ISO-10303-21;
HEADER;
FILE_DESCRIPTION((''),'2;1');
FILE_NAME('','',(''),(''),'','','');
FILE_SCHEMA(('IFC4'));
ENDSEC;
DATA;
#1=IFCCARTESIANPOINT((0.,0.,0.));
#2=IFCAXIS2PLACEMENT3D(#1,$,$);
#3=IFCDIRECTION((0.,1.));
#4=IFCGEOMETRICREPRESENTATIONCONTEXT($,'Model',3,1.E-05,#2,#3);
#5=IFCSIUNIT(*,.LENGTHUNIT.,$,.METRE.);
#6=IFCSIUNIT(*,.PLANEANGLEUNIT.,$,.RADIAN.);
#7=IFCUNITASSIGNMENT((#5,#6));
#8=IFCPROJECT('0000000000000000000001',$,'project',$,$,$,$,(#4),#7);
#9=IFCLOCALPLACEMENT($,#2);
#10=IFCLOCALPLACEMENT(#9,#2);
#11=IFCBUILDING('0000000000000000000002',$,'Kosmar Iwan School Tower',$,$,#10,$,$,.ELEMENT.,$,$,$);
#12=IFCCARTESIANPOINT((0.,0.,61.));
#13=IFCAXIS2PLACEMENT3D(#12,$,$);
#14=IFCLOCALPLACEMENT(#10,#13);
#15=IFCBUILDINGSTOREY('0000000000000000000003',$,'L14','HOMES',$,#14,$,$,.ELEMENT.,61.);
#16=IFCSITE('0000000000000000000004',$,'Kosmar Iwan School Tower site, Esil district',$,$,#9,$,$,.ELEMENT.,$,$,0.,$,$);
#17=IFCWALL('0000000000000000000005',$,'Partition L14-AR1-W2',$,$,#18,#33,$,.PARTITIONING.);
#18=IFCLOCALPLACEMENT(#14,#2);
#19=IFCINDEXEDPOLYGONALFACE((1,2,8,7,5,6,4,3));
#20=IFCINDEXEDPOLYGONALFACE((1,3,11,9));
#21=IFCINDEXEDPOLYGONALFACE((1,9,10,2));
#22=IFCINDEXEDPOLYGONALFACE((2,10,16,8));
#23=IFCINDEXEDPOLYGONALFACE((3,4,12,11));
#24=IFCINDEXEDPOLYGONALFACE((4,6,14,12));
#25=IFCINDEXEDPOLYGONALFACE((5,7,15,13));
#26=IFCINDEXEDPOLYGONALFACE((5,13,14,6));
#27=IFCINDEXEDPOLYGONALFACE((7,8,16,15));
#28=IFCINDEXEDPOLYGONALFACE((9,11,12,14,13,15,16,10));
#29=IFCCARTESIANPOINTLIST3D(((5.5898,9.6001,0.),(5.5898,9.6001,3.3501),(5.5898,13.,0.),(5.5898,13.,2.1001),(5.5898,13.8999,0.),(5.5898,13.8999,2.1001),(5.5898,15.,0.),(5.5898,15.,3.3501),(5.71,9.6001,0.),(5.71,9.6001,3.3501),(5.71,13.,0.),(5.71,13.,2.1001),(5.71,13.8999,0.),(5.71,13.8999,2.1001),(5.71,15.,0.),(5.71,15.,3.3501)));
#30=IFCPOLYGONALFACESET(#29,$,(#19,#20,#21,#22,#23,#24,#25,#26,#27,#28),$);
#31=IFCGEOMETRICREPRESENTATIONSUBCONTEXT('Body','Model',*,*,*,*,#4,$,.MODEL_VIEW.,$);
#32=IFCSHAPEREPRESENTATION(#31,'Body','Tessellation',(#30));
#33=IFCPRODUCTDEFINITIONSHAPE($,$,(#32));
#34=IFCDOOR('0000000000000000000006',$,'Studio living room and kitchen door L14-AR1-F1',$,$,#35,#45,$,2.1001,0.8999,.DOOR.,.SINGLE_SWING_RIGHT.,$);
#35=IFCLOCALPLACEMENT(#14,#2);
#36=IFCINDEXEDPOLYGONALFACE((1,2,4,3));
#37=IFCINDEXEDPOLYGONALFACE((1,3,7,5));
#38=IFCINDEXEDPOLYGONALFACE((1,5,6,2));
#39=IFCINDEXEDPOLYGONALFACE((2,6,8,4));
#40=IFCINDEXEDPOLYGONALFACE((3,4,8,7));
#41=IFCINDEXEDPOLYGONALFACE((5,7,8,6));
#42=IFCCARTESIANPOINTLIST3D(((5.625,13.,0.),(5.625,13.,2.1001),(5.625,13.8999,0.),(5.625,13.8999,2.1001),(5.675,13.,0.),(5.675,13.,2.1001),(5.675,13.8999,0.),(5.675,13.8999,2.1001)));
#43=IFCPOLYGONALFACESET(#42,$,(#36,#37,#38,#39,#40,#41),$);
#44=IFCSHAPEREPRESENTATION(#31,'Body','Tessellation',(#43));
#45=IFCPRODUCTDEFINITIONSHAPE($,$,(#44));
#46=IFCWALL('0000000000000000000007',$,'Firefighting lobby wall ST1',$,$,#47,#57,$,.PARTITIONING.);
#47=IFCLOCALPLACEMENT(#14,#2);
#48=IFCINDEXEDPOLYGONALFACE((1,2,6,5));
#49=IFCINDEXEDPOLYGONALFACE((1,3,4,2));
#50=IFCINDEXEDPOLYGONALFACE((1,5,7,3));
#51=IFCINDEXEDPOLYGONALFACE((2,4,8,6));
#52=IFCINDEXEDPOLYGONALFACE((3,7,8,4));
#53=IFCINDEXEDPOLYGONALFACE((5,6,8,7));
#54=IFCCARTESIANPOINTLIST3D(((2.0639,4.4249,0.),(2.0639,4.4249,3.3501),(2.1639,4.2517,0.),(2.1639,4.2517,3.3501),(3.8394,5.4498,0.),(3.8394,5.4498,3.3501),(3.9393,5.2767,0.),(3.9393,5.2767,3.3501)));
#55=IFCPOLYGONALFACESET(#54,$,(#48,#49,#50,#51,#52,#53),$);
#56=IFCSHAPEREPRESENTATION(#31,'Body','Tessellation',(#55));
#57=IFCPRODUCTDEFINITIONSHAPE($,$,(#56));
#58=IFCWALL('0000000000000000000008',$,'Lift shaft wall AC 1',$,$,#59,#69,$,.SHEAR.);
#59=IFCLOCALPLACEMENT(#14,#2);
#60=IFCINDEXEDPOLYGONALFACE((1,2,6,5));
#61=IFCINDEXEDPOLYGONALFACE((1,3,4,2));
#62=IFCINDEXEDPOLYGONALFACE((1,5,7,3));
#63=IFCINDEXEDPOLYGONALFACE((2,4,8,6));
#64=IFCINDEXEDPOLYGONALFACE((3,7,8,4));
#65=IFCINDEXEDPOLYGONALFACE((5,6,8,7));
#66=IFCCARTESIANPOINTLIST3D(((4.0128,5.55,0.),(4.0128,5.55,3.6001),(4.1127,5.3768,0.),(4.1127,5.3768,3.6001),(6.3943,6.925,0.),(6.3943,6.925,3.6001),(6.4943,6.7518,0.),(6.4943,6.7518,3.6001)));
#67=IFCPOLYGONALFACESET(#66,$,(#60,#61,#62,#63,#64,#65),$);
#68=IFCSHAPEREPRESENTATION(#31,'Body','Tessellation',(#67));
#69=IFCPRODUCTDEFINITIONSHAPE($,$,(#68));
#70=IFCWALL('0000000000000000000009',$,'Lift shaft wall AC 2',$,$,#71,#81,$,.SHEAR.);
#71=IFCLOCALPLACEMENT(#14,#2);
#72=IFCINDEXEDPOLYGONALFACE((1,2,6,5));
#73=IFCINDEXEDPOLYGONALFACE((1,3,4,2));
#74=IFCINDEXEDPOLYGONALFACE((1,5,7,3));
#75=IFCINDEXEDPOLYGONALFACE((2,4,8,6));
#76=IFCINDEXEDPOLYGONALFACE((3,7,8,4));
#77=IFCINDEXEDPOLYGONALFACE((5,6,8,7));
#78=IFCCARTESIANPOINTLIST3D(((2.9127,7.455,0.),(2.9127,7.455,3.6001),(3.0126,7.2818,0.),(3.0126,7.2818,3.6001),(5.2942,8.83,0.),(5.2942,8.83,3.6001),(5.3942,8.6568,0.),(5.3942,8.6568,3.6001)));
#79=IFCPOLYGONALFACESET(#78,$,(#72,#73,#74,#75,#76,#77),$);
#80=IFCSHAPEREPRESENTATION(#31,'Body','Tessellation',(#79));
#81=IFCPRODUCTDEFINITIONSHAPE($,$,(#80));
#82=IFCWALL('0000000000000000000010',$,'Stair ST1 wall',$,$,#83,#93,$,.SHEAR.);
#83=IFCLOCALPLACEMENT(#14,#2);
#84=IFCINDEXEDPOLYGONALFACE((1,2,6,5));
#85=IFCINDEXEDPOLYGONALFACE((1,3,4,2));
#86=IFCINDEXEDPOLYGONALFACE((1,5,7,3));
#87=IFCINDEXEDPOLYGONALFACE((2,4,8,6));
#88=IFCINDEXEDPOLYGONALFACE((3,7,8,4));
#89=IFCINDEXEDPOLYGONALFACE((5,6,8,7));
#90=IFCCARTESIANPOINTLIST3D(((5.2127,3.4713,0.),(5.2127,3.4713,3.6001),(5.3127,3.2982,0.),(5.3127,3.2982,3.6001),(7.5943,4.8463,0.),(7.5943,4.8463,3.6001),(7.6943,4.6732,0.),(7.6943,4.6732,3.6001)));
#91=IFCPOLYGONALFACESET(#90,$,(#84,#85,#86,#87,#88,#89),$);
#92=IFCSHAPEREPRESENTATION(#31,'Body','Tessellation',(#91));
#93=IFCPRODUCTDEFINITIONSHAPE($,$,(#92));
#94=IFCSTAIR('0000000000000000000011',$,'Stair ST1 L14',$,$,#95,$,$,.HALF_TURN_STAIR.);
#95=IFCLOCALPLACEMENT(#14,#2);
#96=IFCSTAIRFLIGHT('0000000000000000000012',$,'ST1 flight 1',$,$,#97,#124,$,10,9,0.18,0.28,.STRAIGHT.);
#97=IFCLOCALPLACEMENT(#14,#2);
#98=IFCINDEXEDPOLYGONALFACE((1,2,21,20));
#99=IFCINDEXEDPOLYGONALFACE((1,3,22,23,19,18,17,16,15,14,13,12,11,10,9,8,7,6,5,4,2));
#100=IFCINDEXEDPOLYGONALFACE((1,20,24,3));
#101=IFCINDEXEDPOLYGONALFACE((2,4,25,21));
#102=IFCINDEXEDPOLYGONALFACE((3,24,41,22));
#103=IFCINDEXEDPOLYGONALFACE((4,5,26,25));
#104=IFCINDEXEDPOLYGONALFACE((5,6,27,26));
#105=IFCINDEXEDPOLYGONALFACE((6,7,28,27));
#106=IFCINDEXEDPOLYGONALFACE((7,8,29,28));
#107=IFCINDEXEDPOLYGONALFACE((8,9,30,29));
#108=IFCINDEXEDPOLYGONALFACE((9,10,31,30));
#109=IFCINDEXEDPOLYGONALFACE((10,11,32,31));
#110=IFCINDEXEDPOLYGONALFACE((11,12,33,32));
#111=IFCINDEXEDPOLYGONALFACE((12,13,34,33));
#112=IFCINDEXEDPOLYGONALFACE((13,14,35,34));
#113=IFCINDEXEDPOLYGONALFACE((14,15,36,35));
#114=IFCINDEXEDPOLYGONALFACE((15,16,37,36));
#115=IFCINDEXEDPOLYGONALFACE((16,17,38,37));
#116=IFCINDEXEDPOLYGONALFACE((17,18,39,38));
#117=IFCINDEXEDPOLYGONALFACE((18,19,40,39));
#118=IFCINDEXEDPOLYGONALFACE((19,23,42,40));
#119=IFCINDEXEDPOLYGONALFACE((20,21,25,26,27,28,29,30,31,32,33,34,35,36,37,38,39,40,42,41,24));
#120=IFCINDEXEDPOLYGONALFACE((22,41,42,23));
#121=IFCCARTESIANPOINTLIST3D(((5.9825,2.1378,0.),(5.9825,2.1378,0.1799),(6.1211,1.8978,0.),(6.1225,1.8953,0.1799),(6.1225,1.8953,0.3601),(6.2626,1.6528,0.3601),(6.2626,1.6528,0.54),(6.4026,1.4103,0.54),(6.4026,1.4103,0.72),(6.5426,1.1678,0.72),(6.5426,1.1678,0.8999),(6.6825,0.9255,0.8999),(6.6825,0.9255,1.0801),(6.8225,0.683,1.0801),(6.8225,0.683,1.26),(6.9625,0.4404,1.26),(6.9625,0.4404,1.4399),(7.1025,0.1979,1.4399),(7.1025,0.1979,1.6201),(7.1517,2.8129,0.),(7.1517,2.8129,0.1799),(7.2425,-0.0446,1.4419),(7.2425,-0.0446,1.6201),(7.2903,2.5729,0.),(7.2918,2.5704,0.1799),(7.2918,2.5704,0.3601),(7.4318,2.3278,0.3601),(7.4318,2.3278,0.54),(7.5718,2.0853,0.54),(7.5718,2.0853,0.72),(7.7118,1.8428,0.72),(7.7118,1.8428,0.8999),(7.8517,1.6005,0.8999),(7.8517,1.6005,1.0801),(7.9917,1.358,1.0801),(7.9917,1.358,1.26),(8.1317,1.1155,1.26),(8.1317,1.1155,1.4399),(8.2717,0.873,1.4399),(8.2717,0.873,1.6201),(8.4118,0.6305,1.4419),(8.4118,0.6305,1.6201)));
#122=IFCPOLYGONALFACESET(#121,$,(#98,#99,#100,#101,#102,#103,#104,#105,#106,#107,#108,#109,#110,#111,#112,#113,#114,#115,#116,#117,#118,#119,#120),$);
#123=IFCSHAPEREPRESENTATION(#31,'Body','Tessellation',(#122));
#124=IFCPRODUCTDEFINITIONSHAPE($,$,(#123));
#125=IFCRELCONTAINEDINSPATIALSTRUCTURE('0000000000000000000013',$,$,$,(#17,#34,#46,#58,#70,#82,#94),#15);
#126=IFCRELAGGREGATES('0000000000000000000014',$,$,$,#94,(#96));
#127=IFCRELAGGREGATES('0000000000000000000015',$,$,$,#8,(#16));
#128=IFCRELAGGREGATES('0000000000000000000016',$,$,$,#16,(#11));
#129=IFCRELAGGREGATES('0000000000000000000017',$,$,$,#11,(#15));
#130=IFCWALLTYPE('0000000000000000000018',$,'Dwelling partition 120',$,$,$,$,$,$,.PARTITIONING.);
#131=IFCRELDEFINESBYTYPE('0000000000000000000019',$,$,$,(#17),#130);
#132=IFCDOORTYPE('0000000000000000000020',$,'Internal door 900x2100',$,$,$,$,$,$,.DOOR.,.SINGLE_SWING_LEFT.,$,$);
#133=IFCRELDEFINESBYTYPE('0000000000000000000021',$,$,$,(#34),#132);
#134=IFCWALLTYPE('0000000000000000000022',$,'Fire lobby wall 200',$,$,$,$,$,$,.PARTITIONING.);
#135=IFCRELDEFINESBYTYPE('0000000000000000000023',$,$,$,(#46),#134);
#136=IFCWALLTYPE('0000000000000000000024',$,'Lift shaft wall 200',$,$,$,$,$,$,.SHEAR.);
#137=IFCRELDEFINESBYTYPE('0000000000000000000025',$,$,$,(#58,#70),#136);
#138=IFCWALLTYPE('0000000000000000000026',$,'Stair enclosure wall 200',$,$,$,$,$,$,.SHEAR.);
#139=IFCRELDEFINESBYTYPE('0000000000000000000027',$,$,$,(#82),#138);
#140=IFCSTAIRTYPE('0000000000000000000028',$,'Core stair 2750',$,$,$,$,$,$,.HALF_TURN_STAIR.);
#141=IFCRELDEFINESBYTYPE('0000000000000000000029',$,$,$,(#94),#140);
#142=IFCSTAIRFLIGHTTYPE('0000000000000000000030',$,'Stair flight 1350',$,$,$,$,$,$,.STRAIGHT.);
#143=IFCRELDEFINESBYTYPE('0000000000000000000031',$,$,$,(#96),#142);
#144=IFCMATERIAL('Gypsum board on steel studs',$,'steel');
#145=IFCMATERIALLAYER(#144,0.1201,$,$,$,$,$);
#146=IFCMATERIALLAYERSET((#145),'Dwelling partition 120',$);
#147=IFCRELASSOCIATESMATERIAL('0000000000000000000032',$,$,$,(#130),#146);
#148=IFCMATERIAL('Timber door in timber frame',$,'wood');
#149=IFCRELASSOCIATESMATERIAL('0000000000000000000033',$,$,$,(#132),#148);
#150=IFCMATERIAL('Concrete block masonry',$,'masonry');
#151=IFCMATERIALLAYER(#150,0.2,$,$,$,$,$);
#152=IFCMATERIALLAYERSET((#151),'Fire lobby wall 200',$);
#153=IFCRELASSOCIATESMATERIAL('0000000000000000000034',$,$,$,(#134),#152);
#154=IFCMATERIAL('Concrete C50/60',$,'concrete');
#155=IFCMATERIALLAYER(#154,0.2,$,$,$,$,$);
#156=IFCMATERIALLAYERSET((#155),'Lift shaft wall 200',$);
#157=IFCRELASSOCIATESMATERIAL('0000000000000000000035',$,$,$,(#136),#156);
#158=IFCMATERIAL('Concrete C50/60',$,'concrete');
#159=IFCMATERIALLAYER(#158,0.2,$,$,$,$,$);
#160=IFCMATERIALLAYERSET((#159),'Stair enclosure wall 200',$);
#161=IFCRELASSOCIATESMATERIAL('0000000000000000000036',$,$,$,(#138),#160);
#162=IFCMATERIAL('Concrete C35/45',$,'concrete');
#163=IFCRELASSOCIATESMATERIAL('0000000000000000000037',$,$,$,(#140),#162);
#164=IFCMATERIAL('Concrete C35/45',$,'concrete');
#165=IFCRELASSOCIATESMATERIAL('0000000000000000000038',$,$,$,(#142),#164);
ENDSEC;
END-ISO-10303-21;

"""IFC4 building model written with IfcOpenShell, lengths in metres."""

from ifc_helpers import new_model, si_unit, direction, frame, frame_2d, origin, place, context, subcontext, project, spatial, polyline, rectangle, outline, extrude, material, layer, layer_set, type_object, element, fill, aggregate, save


model = new_model("IFC4")

# Units and contexts
model_context = context("Model", 3, precision=1e-05, world=origin(), true_north=direction((0.0, 1.0)))
body_context = subcontext(model_context, "Body", "Model", "MODEL_VIEW")
ifc_project = project(units=[si_unit("LENGTHUNIT", "METRE"), si_unit("PLANEANGLEUNIT", "RADIAN")], contexts=[model_context])

# Site, building, storey
site_placement = place(None, origin())
site = spatial("IfcSite", under=ifc_project, at=site_placement, Name="Kosmar Iwan School Tower site, Esil district", CompositionType="ELEMENT", RefElevation=0.0)
building_placement = place(site_placement, origin())
building = spatial("IfcBuilding", under=site, at=building_placement, Name="Kosmar Iwan School Tower", CompositionType="ELEMENT")
storey_placement = place(building_placement, frame((0.0, 0.0, 61.0)))
storey = spatial("IfcBuildingStorey", under=building, at=storey_placement, Name="L14", Description="HOMES", CompositionType="ELEMENT", Elevation=61.0)

# Shared definitions
ifc_material_1 = material(Name="Gypsum board on steel studs", Category="steel")
ifc_layer_1 = layer(ifc_material_1, 0.1201)
ifc_layer_set_1 = layer_set([ifc_layer_1], Name="Dwelling partition 120")
wall_type_1 = type_object("IfcWallType", Name="Dwelling partition 120", PredefinedType="PARTITIONING", material=ifc_layer_set_1)
ifc_material_2 = material(Name="Timber door in timber frame", Category="wood")
door_type_1 = type_object("IfcDoorType", Name="Internal door 900x2100", OperationType="SINGLE_SWING_LEFT", PredefinedType="DOOR", material=ifc_material_2)

# Wall, opening, door
wall_1_placement = place(storey_placement, frame((5.6499, 9.6001, 0.0), z_axis=(0.0, 0.0, 1.0), x_axis=(0.0, 1.0, 0.0)))
wall_1 = element("IfcWall", 1, at=wall_1_placement, inside=storey, type_object=wall_type_1, Name="Partition L14-AR1-W2", PredefinedType="PARTITIONING", context=body_context, shape_type="SweptSolid", body=[
    extrude(rectangle(XDim=5.3999, YDim=0.1201, at=frame_2d((2.7, 0.0))), origin(), (0.0, 0.0, 1.0), 3.3501),
])
opening_1_placement = place(wall_1_placement, frame((3.3999, 0.0, 0.0)))
opening_1 = element("IfcOpeningElement", 2, at=opening_1_placement, cuts=wall_1, PredefinedType="OPENING", context=body_context, shape_type="SweptSolid", body=[
    extrude(rectangle(XDim=0.8999, YDim=2.1001, at=frame_2d((0.45, 1.05))), frame((0.0, 0.072, 0.0), z_axis=(0.0, -1.0, 0.0), x_axis=(1.0, 0.0, 0.0)), (0.0, 0.0, 1.0), 0.144),
])
door_1_placement = place(opening_1_placement, origin())
door_1 = element("IfcDoor", 3, at=door_1_placement, inside=storey, type_object=door_type_1, Name="Studio living room and kitchen door L14-AR1-F1", OperationType="SINGLE_SWING_RIGHT", OverallHeight=2.1001, OverallWidth=0.8999, PredefinedType="DOOR", context=body_context, shape_type="SweptSolid", body=[
    extrude(rectangle(XDim=0.8999, YDim=2.1001, at=frame_2d((0.45, 1.05))), frame((0.0, 0.0249, 0.0), z_axis=(0.0, -1.0, 0.0), x_axis=(1.0, 0.0, 0.0)), (0.0, 0.0, 1.0), 0.05),
])
fill(opening_1, door_1)

# Walls
ifc_material_3 = material(Name="Concrete block masonry", Category="masonry")
ifc_layer_2 = layer(ifc_material_3, 0.2)
ifc_layer_set_2 = layer_set([ifc_layer_2], Name="Fire lobby wall 200")
wall_type_2 = type_object("IfcWallType", Name="Fire lobby wall 200", PredefinedType="PARTITIONING", material=ifc_layer_set_2)
wall_2_placement = place(storey_placement, frame((2.114, 4.3384, 0.0), z_axis=(0.0, 0.0, 1.0), x_axis=(0.866051, 0.499956, 0.0)))
element("IfcWall", 4, at=wall_2_placement, inside=storey, type_object=wall_type_2, Name="Firefighting lobby wall ST1", PredefinedType="PARTITIONING", context=body_context, shape_type="SweptSolid", body=[
    extrude(rectangle(XDim=2.05, YDim=0.2, at=frame_2d((1.0249, 0.0))), origin(), (0.0, 0.0, 1.0), 3.3501),
])
ifc_material_4 = material(Name="Concrete C50/60", Category="concrete")
ifc_layer_3 = layer(ifc_material_4, 0.2)
ifc_layer_set_3 = layer_set([ifc_layer_3], Name="Lift shaft wall 200")
wall_type_3 = type_object("IfcWallType", Name="Lift shaft wall 200", PredefinedType="SHEAR", material=ifc_layer_set_3)
for number, where, z_axis, x_axis, name in (
    (5, (4.0627, 5.4634, 0.0), (0.0, 0.0, 1.0), (0.866027, 0.499997, 0.0), "Lift shaft wall AC 1"),
    (6, (2.9626, 7.3684, 0.0), (0.0, 0.0, 1.0), (0.866027, 0.499997, 0.0), "Lift shaft wall AC 2"),
):
    element("IfcWall", number, at=place(storey_placement, frame(where, z_axis=z_axis, x_axis=x_axis)), inside=storey, type_object=wall_type_3, Name=name, PredefinedType="SHEAR", context=body_context, shape_type="SweptSolid", body=[
        extrude(rectangle(XDim=2.75, YDim=0.2, at=frame_2d((1.375, 0.0))), origin(), (0.0, 0.0, 1.0), 3.6001),
    ])
ifc_material_5 = material(Name="Concrete C50/60", Category="concrete")
ifc_layer_4 = layer(ifc_material_5, 0.2)
ifc_layer_set_4 = layer_set([ifc_layer_4], Name="Stair enclosure wall 200")
wall_type_4 = type_object("IfcWallType", Name="Stair enclosure wall 200", PredefinedType="SHEAR", material=ifc_layer_set_4)
wall_3_placement = place(storey_placement, frame((5.2627, 3.3848, 0.0), z_axis=(0.0, 0.0, 1.0), x_axis=(0.866027, 0.499997, 0.0)))
element("IfcWall", 7, at=wall_3_placement, inside=storey, type_object=wall_type_4, Name="Stair ST1 wall", PredefinedType="SHEAR", context=body_context, shape_type="SweptSolid", body=[
    extrude(rectangle(XDim=2.75, YDim=0.2, at=frame_2d((1.375, 0.0))), origin(), (0.0, 0.0, 1.0), 3.6001),
])

# Stair, stair flight
ifc_material_6 = material(Name="Concrete C35/45", Category="concrete")
stair_type_1 = type_object("IfcStairType", Name="Core stair 2750", PredefinedType="HALF_TURN_STAIR", material=ifc_material_6)
stair_1_placement = place(storey_placement, origin())
stair_1 = element("IfcStair", 8, at=stair_1_placement, inside=storey, type_object=stair_type_1, Name="Stair ST1 L14", PredefinedType="HALF_TURN_STAIR")
ifc_material_7 = material(Name="Concrete C35/45", Category="concrete")
stair_flight_type = type_object("IfcStairFlightType", Name="Stair flight 1350", PredefinedType="STRAIGHT", material=ifc_material_7)
stair_flight_placement = place(storey_placement, frame((6.5671, 2.4753, 0.0), z_axis=(0.0, 0.0, 1.0), x_axis=(0.5, -0.866025, 0.0)))
stair_flight = element("IfcStairFlight", 9, at=stair_flight_placement, type_object=stair_flight_type, Name="ST1 flight 1", NumberOfRisers=10, NumberOfTreads=9, PredefinedType="STRAIGHT", RiserHeight=0.18, TreadLength=0.28, context=body_context, shape_type="SweptSolid", body=[
    extrude(outline(polyline([(0.0, 0.0), (0.0, 0.1799), (0.28, 0.1799), (0.28, 0.3601), (0.5601, 0.3601), (0.5601, 0.54), (0.8401, 0.54), (0.8401, 0.72), (1.1201, 0.72), (1.1201, 0.8999), (1.3999, 0.8999), (1.3999, 1.0801), (1.6799, 1.0801), (1.6799, 1.26), (1.96, 1.26), (1.96, 1.4399), (2.24, 1.4399), (2.24, 1.6201), (2.52, 1.6201), (2.52, 1.8), (2.52, 1.4419), (0.2771, 0.0), (0.0, 0.0)])), frame((0.0, 0.675, 0.0), z_axis=(0.0, -1.0, 0.0), x_axis=(1.0, 0.0, 0.0)), (0.0, 0.0, 1.0), 1.3501),
])
aggregate(stair_1, [stair_flight])

save(model, "model.ifc")
